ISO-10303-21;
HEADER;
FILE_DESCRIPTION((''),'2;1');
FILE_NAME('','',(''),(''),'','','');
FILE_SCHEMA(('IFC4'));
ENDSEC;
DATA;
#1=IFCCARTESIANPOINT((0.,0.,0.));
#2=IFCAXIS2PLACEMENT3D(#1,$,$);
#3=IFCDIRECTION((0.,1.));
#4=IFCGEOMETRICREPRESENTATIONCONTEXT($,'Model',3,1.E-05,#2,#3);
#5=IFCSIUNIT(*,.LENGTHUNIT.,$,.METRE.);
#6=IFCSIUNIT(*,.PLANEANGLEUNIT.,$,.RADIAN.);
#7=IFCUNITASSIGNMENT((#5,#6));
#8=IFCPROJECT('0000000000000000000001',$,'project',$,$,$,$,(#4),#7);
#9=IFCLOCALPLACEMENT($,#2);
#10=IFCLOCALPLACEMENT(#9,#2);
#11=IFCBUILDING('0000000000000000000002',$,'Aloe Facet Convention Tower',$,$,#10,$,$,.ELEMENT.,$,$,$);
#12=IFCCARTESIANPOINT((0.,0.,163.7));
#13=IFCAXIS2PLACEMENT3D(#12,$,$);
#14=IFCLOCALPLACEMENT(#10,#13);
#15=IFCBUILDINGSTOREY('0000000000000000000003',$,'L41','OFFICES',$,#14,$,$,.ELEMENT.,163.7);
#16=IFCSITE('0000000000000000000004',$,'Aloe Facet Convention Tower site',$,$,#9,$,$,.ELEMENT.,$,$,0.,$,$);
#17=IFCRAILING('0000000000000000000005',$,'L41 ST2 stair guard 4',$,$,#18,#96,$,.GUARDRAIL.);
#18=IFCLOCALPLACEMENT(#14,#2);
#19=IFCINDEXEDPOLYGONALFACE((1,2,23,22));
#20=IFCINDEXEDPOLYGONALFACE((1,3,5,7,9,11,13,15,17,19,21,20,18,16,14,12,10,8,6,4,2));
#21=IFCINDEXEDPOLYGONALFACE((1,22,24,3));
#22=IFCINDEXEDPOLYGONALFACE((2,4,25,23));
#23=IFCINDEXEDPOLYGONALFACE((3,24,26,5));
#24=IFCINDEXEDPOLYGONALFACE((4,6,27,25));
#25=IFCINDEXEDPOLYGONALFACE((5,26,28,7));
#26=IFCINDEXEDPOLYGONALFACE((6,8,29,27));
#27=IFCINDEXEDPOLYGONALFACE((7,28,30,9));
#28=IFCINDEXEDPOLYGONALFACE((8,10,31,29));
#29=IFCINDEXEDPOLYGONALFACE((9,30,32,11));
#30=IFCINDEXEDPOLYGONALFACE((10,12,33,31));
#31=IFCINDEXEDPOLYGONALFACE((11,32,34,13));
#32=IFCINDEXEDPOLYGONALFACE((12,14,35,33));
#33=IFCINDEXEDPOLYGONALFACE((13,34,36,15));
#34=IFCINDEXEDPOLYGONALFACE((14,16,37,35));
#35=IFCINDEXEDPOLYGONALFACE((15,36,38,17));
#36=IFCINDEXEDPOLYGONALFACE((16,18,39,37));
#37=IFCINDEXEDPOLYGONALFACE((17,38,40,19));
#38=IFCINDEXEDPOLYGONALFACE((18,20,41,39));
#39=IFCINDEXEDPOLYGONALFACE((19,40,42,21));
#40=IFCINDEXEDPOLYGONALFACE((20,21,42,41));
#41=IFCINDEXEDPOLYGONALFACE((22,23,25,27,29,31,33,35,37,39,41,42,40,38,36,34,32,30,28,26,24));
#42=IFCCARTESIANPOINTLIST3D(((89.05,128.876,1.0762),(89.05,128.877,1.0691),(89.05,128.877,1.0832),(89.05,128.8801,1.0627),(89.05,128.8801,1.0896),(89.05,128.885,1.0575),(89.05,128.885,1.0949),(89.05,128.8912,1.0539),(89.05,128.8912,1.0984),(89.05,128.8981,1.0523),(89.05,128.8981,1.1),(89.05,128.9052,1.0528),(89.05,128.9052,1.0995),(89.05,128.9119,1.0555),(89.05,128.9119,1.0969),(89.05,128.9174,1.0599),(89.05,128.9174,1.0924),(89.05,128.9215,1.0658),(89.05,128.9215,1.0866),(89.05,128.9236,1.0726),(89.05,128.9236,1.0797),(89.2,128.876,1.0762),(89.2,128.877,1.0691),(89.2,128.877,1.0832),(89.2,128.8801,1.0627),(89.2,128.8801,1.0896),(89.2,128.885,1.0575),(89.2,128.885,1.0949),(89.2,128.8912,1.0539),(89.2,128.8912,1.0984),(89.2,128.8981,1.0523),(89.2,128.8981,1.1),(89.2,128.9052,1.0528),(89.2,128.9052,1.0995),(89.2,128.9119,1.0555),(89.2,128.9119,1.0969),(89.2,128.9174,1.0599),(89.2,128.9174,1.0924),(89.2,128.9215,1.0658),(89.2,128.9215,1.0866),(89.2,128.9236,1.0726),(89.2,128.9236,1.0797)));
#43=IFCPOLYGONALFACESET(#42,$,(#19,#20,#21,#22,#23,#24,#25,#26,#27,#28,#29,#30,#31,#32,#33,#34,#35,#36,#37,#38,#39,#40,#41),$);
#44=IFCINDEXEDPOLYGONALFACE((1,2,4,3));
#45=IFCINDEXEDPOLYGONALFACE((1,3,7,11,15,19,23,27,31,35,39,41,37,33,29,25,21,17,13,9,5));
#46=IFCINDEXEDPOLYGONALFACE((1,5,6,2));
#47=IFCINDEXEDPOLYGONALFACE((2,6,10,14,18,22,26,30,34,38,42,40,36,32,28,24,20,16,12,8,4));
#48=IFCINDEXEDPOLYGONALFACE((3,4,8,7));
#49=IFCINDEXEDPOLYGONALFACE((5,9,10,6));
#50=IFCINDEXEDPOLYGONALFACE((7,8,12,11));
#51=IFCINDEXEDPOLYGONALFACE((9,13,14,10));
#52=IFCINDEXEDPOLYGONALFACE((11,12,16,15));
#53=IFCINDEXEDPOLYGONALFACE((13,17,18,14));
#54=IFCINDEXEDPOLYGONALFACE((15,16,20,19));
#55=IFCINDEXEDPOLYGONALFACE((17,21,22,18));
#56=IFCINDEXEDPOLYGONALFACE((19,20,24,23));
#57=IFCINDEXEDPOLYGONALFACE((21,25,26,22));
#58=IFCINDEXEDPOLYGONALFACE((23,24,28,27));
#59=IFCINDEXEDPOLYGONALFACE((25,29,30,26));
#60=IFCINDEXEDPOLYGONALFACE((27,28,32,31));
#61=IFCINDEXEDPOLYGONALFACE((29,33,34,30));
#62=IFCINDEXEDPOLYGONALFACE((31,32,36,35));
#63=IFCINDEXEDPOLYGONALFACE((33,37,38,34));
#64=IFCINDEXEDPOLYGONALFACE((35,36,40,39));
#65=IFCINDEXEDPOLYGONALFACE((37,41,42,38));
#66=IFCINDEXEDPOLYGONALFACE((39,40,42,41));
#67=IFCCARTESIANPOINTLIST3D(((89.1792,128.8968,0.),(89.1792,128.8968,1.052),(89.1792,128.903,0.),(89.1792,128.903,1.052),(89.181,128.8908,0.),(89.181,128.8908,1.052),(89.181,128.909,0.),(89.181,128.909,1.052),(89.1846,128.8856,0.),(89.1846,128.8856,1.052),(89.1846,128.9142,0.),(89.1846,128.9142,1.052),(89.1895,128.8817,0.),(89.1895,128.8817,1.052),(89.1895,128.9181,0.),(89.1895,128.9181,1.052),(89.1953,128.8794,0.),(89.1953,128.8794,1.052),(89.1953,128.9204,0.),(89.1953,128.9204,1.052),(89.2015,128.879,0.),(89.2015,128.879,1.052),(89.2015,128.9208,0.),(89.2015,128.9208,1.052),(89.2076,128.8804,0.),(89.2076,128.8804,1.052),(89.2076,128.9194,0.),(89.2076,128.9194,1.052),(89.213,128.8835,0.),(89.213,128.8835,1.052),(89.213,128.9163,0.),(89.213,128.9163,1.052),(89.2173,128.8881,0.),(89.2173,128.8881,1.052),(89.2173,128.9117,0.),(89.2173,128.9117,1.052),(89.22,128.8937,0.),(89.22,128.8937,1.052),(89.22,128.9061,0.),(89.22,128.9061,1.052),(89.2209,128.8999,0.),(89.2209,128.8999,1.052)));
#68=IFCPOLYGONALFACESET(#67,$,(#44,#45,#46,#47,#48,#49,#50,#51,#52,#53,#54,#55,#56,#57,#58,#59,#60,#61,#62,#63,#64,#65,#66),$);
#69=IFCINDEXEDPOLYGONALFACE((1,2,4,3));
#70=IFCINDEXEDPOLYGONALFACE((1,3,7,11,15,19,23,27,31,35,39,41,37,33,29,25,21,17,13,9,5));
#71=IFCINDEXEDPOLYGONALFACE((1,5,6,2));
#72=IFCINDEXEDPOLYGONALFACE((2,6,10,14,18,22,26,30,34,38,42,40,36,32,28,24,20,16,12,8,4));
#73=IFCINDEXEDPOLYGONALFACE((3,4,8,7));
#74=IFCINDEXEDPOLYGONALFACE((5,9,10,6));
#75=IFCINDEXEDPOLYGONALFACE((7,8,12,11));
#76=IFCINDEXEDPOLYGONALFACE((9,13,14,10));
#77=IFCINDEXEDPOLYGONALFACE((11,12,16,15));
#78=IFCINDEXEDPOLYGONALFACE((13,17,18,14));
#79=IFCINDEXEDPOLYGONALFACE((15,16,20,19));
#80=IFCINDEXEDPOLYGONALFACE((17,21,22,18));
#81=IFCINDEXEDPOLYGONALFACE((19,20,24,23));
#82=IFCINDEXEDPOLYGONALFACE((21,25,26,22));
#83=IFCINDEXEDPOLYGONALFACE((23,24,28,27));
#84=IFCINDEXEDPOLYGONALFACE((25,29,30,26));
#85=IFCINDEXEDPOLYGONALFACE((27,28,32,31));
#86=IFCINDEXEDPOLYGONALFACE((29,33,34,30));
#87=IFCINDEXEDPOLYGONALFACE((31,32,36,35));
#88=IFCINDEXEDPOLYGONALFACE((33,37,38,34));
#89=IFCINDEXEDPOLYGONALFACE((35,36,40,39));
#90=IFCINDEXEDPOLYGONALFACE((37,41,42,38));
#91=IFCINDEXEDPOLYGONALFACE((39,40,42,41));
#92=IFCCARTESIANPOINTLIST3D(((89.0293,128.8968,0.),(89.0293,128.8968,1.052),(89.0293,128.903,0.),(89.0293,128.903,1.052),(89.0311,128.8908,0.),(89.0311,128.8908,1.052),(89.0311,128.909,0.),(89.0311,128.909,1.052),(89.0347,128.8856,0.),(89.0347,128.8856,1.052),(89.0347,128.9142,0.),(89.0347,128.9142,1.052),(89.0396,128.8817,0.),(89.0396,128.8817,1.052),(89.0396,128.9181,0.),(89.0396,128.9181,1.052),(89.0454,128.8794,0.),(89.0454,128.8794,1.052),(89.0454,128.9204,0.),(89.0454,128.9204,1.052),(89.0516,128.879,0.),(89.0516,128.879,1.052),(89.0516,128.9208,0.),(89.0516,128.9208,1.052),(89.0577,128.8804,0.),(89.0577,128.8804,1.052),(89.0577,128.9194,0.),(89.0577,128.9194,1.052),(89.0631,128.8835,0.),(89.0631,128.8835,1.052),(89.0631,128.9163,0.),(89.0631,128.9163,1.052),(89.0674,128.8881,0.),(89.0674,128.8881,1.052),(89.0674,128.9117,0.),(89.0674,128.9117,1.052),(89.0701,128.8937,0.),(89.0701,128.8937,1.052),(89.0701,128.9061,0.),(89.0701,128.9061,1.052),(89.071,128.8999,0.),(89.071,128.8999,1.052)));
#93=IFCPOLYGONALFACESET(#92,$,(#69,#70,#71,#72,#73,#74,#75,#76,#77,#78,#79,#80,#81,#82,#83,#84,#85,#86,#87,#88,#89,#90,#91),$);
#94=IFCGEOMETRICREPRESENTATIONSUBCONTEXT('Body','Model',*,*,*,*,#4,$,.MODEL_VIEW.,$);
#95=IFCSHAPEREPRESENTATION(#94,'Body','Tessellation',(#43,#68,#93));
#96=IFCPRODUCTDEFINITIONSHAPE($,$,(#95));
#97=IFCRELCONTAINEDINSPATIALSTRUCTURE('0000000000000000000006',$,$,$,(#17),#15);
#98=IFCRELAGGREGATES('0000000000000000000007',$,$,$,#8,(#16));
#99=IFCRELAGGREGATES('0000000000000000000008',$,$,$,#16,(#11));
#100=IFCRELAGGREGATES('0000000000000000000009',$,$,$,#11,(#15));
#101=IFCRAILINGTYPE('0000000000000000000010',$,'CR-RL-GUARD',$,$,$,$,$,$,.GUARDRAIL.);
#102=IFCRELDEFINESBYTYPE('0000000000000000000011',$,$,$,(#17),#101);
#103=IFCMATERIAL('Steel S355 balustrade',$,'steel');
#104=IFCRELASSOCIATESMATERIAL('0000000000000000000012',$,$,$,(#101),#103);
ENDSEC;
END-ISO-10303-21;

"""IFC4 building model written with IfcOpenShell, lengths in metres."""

from ifc_helpers import new_model, si_unit, direction, frame, origin, origin_2d, place, context, subcontext, project, spatial, circle, extrude, material, type_object, element, save


model = new_model("IFC4")

# Units and contexts
model_context = context("Model", 3, precision=1e-05, world=origin(), true_north=direction((0.0, 1.0)))
body_context = subcontext(model_context, "Body", "Model", "MODEL_VIEW")
ifc_project = project(units=[si_unit("LENGTHUNIT", "METRE"), si_unit("PLANEANGLEUNIT", "RADIAN")], contexts=[model_context])

# Site, building, storey
site_placement = place(None, origin())
site = spatial("IfcSite", under=ifc_project, at=site_placement, Name="Aloe Facet Convention Tower site", CompositionType="ELEMENT", RefElevation=0.0)
building_placement = place(site_placement, origin())
building = spatial("IfcBuilding", under=site, at=building_placement, Name="Aloe Facet Convention Tower", CompositionType="ELEMENT")
storey_placement = place(building_placement, frame((0.0, 0.0, 163.7)))
storey = spatial("IfcBuildingStorey", under=building, at=storey_placement, Name="L41", Description="OFFICES", CompositionType="ELEMENT", Elevation=163.7)

# Railing
ifc_material_1 = material(Name="Steel S355 balustrade", Category="steel")
railing_type_1 = type_object("IfcRailingType", Name="CR-RL-GUARD", PredefinedType="GUARDRAIL", material=ifc_material_1)
railing_1_placement = place(storey_placement, frame((89.2, 128.8999, 0.0)))
element("IfcRailing", 1, at=railing_1_placement, inside=storey, type_object=railing_type_1, Name="L41 ST2 stair guard 4", PredefinedType="GUARDRAIL", context=body_context, shape_type="SweptSolid", body=[
    extrude(circle(Radius=0.0239, at=origin_2d()), frame((0.0, 0.0, 1.0762), z_axis=(-1.0, 0.0, 0.0), x_axis=(0.0, -1.0, 0.0)), (0.0, 0.0, 1.0), 0.1499),
    extrude(circle(Radius=0.021, at=origin_2d()), origin(), (0.0, 0.0, 1.0), 1.052),
    extrude(circle(Radius=0.021, at=origin_2d()), frame((-0.1499, 0.0, 0.0)), (0.0, 0.0, 1.0), 1.052),
])

save(model, "model.ifc")
